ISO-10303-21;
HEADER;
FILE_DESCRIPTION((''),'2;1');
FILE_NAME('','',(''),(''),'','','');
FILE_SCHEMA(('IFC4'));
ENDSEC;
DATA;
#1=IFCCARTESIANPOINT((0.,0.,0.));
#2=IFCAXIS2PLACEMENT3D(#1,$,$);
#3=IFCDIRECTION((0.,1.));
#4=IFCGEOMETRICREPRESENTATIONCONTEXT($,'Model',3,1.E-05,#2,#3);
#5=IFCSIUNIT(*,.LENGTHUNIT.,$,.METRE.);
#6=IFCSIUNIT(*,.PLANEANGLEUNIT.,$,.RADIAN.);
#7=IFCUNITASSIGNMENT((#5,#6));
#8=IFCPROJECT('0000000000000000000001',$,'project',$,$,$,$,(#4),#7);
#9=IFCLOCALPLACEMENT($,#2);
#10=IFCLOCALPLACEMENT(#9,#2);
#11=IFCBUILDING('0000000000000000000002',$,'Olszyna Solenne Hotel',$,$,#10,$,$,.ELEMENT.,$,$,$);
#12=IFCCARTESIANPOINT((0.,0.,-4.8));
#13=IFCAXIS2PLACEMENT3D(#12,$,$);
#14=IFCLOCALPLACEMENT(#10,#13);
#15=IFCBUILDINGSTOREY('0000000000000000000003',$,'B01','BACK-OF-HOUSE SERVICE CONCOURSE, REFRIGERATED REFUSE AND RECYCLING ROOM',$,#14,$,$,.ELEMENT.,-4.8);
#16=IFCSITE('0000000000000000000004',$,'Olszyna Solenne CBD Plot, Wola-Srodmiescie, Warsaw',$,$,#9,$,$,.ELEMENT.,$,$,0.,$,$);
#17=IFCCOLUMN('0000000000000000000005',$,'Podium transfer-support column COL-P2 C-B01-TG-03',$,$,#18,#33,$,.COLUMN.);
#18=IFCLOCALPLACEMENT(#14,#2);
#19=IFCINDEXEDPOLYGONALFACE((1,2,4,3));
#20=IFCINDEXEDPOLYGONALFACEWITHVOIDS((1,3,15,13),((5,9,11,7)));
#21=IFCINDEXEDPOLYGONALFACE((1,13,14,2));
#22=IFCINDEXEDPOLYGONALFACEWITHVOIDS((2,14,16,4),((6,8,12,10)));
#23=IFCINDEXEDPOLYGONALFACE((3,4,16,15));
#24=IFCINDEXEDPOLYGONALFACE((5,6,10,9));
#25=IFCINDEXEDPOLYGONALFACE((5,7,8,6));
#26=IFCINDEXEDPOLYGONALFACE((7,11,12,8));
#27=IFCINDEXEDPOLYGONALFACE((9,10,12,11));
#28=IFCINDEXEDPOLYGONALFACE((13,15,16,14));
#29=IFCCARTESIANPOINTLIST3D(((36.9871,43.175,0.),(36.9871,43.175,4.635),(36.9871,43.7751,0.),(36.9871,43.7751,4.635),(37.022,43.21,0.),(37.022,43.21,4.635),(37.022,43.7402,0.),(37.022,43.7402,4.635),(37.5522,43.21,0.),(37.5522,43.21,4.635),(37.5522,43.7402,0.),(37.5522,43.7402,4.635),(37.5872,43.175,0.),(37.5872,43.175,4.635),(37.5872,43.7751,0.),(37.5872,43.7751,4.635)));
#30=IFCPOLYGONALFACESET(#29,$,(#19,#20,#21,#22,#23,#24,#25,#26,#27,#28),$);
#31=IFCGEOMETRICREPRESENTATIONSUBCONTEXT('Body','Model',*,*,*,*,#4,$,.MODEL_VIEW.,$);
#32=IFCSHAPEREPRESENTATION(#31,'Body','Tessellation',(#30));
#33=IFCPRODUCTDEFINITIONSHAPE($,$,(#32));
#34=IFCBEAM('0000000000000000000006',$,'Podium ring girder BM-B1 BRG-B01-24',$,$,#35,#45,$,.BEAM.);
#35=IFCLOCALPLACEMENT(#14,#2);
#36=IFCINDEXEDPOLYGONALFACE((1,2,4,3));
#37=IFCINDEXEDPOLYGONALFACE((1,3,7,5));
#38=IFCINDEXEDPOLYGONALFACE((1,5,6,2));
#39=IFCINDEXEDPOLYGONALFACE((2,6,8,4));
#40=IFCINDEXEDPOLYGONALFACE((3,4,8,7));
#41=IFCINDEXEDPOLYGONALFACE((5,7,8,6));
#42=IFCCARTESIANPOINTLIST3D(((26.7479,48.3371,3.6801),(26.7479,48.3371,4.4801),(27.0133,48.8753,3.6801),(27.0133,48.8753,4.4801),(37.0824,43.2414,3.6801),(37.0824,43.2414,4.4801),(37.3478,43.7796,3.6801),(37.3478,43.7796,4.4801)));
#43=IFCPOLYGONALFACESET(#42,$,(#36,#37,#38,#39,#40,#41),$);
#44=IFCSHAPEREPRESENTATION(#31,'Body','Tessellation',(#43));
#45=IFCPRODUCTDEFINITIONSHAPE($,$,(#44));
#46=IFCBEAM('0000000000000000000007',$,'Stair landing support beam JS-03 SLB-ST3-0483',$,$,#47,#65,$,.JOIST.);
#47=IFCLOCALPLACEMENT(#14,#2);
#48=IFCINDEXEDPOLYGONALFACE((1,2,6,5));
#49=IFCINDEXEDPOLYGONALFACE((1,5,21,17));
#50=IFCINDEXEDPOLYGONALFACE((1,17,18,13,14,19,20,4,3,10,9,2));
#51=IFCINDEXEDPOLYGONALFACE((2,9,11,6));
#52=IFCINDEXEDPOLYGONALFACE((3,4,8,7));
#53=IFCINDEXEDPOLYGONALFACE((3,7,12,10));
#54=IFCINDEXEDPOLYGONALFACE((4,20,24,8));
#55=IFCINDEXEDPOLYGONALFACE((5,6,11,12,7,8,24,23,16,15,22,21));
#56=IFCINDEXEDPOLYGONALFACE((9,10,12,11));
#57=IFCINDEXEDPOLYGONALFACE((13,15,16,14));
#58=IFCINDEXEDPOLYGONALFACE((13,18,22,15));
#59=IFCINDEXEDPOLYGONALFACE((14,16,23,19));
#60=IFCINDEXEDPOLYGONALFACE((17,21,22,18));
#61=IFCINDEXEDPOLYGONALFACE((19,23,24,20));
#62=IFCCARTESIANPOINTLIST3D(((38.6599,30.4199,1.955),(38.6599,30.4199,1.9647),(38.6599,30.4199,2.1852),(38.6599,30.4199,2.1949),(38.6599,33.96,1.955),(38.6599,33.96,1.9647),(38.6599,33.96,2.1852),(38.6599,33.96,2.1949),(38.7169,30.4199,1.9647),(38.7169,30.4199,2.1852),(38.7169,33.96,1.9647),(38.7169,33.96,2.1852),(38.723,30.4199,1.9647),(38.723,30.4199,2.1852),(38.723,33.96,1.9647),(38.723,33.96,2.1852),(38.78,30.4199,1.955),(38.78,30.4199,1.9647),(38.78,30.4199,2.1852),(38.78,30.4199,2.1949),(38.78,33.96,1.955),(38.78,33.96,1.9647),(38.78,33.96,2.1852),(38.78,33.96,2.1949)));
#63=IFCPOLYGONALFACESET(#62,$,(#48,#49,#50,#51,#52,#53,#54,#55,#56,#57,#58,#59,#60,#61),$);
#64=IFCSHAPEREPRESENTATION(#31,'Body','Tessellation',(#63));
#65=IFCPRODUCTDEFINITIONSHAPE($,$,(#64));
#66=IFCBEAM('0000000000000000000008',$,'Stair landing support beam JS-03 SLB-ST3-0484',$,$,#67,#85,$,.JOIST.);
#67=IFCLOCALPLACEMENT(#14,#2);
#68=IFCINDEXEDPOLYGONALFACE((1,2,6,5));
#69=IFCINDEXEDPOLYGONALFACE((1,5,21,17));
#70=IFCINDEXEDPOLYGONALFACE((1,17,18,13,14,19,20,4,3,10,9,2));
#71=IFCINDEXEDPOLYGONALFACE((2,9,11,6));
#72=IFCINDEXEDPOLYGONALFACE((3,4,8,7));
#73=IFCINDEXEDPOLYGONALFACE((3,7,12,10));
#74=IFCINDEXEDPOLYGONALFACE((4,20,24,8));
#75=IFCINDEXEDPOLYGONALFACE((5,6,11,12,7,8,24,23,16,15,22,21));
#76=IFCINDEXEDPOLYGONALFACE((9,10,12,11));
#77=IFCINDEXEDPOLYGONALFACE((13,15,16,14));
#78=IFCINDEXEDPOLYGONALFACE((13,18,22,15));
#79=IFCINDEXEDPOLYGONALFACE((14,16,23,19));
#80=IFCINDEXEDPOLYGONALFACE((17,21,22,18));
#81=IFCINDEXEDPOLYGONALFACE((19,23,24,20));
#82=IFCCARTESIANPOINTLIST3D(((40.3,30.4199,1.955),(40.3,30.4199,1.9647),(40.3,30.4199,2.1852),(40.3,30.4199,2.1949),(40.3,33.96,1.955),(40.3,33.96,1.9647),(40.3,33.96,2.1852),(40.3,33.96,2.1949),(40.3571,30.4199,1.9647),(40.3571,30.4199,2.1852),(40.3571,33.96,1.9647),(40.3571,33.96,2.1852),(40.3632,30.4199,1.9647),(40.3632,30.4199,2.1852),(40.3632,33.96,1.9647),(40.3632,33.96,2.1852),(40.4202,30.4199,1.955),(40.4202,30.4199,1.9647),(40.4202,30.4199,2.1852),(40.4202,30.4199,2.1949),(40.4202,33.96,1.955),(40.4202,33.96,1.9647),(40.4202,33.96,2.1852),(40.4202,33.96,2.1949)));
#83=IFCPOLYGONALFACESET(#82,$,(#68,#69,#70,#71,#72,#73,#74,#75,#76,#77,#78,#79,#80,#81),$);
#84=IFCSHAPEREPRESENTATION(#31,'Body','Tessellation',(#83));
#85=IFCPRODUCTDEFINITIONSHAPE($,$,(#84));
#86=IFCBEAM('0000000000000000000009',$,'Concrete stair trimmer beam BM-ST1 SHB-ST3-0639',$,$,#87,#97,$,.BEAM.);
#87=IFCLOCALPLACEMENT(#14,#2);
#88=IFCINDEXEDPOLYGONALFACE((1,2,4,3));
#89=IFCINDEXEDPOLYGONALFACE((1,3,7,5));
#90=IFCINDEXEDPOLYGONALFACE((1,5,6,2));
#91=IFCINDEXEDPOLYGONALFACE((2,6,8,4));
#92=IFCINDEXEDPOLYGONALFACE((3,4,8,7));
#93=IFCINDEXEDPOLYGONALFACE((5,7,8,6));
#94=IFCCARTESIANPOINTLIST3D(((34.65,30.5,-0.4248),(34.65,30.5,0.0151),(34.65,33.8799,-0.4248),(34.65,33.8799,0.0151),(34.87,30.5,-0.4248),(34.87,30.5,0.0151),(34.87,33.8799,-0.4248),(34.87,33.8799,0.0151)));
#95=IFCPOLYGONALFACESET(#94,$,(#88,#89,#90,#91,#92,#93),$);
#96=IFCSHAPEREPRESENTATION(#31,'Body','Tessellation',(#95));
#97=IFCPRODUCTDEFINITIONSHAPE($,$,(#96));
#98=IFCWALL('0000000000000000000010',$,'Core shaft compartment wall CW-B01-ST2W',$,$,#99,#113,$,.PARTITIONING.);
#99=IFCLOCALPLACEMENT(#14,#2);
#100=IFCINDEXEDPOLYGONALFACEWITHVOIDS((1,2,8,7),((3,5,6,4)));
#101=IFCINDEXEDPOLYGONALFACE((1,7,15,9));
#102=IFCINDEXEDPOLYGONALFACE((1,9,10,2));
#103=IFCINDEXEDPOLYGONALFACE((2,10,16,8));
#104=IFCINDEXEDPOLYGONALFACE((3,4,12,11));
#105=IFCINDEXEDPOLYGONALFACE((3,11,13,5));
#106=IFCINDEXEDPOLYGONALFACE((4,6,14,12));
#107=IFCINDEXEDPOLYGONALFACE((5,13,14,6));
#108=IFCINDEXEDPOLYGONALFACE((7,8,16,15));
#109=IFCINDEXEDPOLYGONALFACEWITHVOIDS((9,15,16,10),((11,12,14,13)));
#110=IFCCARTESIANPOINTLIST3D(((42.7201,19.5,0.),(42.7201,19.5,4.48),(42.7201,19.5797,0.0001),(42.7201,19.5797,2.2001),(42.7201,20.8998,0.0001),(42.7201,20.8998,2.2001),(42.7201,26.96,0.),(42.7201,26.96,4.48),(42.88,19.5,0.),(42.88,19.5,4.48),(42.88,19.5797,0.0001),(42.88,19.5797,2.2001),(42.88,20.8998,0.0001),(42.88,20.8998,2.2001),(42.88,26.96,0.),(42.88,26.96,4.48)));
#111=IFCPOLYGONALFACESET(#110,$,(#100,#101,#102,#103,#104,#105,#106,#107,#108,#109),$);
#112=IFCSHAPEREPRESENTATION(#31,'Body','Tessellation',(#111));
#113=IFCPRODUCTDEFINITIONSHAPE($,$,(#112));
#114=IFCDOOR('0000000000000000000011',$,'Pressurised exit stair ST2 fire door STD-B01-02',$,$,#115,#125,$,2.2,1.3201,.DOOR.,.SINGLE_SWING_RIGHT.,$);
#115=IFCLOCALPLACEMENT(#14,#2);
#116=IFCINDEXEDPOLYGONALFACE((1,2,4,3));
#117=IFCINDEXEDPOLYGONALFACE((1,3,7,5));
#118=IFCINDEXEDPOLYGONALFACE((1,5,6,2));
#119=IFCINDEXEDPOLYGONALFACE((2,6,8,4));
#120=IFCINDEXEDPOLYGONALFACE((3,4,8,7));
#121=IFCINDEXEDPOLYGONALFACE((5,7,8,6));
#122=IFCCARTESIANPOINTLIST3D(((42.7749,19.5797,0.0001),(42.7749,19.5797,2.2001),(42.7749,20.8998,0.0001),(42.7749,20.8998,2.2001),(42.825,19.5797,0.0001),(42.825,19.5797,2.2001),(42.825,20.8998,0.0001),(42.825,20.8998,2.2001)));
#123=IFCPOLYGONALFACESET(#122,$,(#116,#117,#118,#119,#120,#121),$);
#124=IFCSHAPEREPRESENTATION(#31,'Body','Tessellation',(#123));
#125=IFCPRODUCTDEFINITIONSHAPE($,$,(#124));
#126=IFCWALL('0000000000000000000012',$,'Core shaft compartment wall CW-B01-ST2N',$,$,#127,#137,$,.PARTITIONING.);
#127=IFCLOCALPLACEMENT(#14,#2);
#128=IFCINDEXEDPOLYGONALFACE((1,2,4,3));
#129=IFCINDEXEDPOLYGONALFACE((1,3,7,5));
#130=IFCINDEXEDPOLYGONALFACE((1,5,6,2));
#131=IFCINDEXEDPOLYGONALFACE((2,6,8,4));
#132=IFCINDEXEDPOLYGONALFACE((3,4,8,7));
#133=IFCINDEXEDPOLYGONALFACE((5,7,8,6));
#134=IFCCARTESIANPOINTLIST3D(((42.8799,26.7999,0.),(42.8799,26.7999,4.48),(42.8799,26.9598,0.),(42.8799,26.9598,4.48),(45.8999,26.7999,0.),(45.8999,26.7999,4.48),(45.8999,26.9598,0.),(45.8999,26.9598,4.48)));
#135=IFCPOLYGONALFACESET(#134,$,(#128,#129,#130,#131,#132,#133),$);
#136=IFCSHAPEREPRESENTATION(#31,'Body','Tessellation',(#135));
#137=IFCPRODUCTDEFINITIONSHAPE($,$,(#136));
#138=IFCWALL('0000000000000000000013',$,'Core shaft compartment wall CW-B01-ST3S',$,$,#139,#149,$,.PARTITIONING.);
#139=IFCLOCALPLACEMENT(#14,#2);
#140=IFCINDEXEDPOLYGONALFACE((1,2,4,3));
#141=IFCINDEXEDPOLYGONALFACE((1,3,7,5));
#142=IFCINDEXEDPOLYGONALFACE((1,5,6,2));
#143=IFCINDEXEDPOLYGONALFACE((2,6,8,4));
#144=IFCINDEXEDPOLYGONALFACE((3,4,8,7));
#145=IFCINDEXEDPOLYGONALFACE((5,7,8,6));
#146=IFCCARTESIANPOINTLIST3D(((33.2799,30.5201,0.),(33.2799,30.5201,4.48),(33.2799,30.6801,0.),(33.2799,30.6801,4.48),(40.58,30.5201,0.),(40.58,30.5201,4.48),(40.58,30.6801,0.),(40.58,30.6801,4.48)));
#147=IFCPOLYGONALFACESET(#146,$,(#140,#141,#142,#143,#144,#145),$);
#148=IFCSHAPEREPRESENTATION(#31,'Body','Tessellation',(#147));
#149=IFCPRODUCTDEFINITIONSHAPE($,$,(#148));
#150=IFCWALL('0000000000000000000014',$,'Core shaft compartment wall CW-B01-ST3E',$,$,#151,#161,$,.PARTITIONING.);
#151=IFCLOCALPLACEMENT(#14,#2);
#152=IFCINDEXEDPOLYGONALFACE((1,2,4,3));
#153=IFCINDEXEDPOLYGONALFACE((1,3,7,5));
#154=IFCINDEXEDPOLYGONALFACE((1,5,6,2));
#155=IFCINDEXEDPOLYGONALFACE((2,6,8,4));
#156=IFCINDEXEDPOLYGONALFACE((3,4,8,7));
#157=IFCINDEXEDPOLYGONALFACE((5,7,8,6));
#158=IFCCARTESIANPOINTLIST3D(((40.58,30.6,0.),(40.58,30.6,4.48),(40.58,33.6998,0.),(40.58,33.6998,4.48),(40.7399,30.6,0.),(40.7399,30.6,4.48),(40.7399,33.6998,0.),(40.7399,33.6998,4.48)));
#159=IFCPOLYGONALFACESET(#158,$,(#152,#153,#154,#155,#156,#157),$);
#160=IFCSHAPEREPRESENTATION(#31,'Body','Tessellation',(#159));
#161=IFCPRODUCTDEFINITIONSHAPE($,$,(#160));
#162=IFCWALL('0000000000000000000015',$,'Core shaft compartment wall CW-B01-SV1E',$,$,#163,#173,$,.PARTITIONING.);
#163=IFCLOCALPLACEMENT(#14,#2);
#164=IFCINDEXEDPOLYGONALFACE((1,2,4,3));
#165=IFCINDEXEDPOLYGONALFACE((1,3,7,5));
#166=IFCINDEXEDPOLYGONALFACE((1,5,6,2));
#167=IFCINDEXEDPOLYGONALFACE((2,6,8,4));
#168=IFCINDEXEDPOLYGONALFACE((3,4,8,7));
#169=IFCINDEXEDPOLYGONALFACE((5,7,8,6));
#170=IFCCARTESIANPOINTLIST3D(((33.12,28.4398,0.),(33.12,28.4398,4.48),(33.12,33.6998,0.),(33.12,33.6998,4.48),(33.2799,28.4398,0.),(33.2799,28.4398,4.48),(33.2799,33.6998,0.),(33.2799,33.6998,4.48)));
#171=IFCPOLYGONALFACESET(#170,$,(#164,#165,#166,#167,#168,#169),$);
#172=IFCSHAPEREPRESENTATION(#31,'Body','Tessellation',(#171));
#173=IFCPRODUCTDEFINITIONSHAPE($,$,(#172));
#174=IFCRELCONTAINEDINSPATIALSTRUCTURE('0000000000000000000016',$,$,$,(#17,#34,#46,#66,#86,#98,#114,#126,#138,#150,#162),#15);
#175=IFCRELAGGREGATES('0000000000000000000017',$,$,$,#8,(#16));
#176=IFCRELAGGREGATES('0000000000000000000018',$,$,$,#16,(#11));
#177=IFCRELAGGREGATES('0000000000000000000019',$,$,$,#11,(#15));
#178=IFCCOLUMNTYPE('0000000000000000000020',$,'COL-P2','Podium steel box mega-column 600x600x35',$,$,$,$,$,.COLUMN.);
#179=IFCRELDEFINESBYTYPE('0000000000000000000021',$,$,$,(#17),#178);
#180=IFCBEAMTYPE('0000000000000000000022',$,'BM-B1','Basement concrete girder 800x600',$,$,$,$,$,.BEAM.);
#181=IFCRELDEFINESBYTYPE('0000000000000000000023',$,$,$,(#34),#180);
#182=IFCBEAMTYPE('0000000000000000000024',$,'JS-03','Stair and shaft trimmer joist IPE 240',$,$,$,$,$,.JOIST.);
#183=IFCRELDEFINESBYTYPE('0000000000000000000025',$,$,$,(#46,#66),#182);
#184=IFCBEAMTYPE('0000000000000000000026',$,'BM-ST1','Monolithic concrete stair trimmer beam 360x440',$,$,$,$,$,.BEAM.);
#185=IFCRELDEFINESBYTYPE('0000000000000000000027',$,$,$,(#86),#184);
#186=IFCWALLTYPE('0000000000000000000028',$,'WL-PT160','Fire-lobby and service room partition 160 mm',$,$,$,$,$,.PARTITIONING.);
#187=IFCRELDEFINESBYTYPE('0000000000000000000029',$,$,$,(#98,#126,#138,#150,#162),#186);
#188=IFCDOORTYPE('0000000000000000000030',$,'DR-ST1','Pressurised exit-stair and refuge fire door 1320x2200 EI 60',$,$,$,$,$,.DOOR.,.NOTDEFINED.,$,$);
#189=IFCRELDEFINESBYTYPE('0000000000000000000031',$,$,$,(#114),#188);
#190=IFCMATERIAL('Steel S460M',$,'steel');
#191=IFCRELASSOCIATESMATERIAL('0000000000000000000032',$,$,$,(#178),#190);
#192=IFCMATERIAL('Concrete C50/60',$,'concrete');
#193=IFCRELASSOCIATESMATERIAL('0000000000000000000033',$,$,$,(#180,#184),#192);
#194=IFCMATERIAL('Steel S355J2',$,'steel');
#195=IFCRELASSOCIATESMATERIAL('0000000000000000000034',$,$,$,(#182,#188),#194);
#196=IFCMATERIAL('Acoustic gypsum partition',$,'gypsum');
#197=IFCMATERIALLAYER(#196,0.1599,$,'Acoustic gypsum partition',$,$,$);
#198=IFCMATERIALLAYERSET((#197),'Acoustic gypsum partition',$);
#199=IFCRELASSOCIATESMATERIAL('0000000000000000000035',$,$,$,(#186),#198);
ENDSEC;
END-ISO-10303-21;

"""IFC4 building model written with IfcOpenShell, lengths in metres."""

from ifc_helpers import new_model, si_unit, direction, frame, frame_2d, origin, origin_2d, place, context, subcontext, project, spatial, rectangle, hollow_rectangle, i_section, extrude, source, transform, mapped, material, layer, layer_set, material_profile, profile_set, type_object, type_shapes, element, fill, save


model = new_model("IFC4")

# Units and contexts
model_context = context("Model", 3, precision=1e-05, world=origin(), true_north=direction((0.0, 1.0)))
body_context = subcontext(model_context, "Body", "Model", "MODEL_VIEW")
ifc_project = project(units=[si_unit("LENGTHUNIT", "METRE"), si_unit("PLANEANGLEUNIT", "RADIAN")], contexts=[model_context])

# Site, building, storey
site_placement = place(None, origin())
site = spatial("IfcSite", under=ifc_project, at=site_placement, Name="Olszyna Solenne CBD Plot, Wola-Srodmiescie, Warsaw", CompositionType="ELEMENT", RefElevation=0.0)
building_placement = place(site_placement, origin())
building = spatial("IfcBuilding", under=site, at=building_placement, Name="Olszyna Solenne Hotel", CompositionType="ELEMENT")
storey_placement = place(building_placement, frame((0.0, 0.0, -4.8)))
storey = spatial("IfcBuildingStorey", under=building, at=storey_placement, Name="B01", Description="BACK-OF-HOUSE SERVICE CONCOURSE, REFRIGERATED REFUSE AND RECYCLING ROOM", CompositionType="ELEMENT", Elevation=-4.8)

# Column
ifc_material_1 = material(Name="Steel S460M", Category="steel")
ifc_material_profile_1 = material_profile(ifc_material_1, hollow_rectangle(XDim=0.6001, YDim=0.6001, WallThickness=0.0349, at=origin_2d()), Name="SHS 600x600x35", Category="load-bearing")
ifc_profile_set_1 = profile_set([ifc_material_profile_1], Name="Steel S460M")
column_type = type_object("IfcColumnType", Name="COL-P2", Description="Podium steel box mega-column 600x600x35", PredefinedType="COLUMN", material=ifc_profile_set_1)
shared_shape_1 = source(origin(), body_context, "Body", "SweptSolid", [
    extrude(hollow_rectangle(XDim=0.6001, YDim=0.6001, WallThickness=0.0349, at=origin_2d()), origin(), (0.0, 0.0, 1.0), 4.635),
])
column_placement = place(storey_placement, frame((37.2871, 43.4751, 0.0), z_axis=(0.0, 0.0, 1.0), x_axis=(1.0, 0.0, 0.0)))
element("IfcColumn", 1, at=column_placement, inside=storey, type_object=column_type, Name="Podium transfer-support column COL-P2 C-B01-TG-03", PredefinedType="COLUMN", context=body_context, shape_type="MappedRepresentation", body=[
    mapped(shared_shape_1, transform((0.0, 0.0, 0.0), x_axis=(1.0, 0.0, 0.0), y_axis=(0.0, 1.0, 0.0), z_axis=(0.0, 0.0, 1.0), scale=1.0)),
])

# Beams
ifc_material_2 = material(Name="Concrete C50/60", Category="concrete")
ifc_material_profile_2 = material_profile(ifc_material_2, rectangle(XDim=0.6001, YDim=0.8, at=origin_2d()), Name="RC 800x600", Category="load-bearing")
ifc_profile_set_2 = profile_set([ifc_material_profile_2], Name="Concrete C50/60")
beam_type_1 = type_object("IfcBeamType", Name="BM-B1", Description="Basement concrete girder 800x600", PredefinedType="BEAM", material=ifc_profile_set_2)
shared_shape_2 = source(origin(), body_context, "Body", "SweptSolid", [
    extrude(rectangle(XDim=0.6001, YDim=0.8, at=origin_2d()), origin(), (0.0, 0.0, 1.0), 11.5225),
])
beam_1_placement = place(storey_placement, frame((37.2151, 43.5105, 4.0801), z_axis=(-0.896897, 0.44224, 0.0), x_axis=(-0.44224, -0.896897, 0.0)))
element("IfcBeam", 2, at=beam_1_placement, inside=storey, type_object=beam_type_1, Name="Podium ring girder BM-B1 BRG-B01-24", PredefinedType="BEAM", context=body_context, shape_type="MappedRepresentation", body=[
    mapped(shared_shape_2, transform((0.0, 0.0, 0.0), x_axis=(1.0, 0.0, 0.0), y_axis=(0.0, 1.0, 0.0), z_axis=(0.0, 0.0, 1.0), scale=1.0)),
])
ifc_material_3 = material(Name="Steel S355J2", Category="steel")
ifc_material_profile_3 = material_profile(ifc_material_3, i_section(OverallWidth=0.1201, OverallDepth=0.24, WebThickness=0.0061, FlangeThickness=0.0098, at=origin_2d()), Name="IPE 240", Category="load-bearing")
ifc_profile_set_3 = profile_set([ifc_material_profile_3], Name="Steel S355J2")
beam_type_2 = type_object("IfcBeamType", Name="JS-03", Description="Stair and shaft trimmer joist IPE 240", PredefinedType="JOIST", material=ifc_profile_set_3)
shared_shape_3 = source(origin(), body_context, "Body", "SweptSolid", [
    extrude(i_section(OverallWidth=0.1201, OverallDepth=0.24, WebThickness=0.0061, FlangeThickness=0.0098, at=origin_2d()), origin(), (0.0, 0.0, 1.0), 3.54),
])
for number, where, z_axis, x_axis, name in (
    (3, (38.72, 30.4199, 2.075), (0.0, 1.0, 0.0), (-1.0, 0.0, 0.0), "Stair landing support beam JS-03 SLB-ST3-0483"),
    (4, (40.3601, 30.4199, 2.075), (0.0, 1.0, 0.0), (-1.0, 0.0, 0.0), "Stair landing support beam JS-03 SLB-ST3-0484"),
):
    element("IfcBeam", number, at=place(storey_placement, frame(where, z_axis=z_axis, x_axis=x_axis)), inside=storey, type_object=beam_type_2, Name=name, PredefinedType="JOIST", context=body_context, shape_type="MappedRepresentation", body=[
        mapped(shared_shape_3, transform((0.0, 0.0, 0.0), x_axis=(1.0, 0.0, 0.0), y_axis=(0.0, 1.0, 0.0), z_axis=(0.0, 0.0, 1.0), scale=1.0)),
    ])
ifc_material_profile_4 = material_profile(ifc_material_2, rectangle(XDim=0.22, YDim=0.4399, at=origin_2d()), Name="RC 220x440", Category="load-bearing")
ifc_profile_set_4 = profile_set([ifc_material_profile_4], Name="Concrete C50/60")
beam_type_3 = type_object("IfcBeamType", Name="BM-ST1", Description="Monolithic concrete stair trimmer beam 360x440", PredefinedType="BEAM", material=ifc_profile_set_4)
shared_shape_4 = source(origin(), body_context, "Body", "SweptSolid", [
    extrude(rectangle(XDim=0.22, YDim=0.4399, at=origin_2d()), origin(), (0.0, 0.0, 1.0), 3.3799),
])
beam_2_placement = place(storey_placement, frame((34.76, 30.5, -0.2048), z_axis=(0.0, 1.0, 0.0), x_axis=(-1.0, 0.0, 0.0)))
element("IfcBeam", 5, at=beam_2_placement, inside=storey, type_object=beam_type_3, Name="Concrete stair trimmer beam BM-ST1 SHB-ST3-0639", PredefinedType="BEAM", context=body_context, shape_type="MappedRepresentation", body=[
    mapped(shared_shape_4, transform((0.0, 0.0, 0.0), x_axis=(1.0, 0.0, 0.0), y_axis=(0.0, 1.0, 0.0), z_axis=(0.0, 0.0, 1.0), scale=1.0)),
])

# Wall, opening, door
ifc_material_4 = material(Name="Acoustic gypsum partition", Category="gypsum")
ifc_layer = layer(ifc_material_4, 0.1599, Name="Acoustic gypsum partition")
ifc_layer_set = layer_set([ifc_layer], Name="Acoustic gypsum partition")
wall_type = type_object("IfcWallType", Name="WL-PT160", Description="Fire-lobby and service room partition 160 mm", PredefinedType="PARTITIONING", material=ifc_layer_set)
wall_1_placement = place(storey_placement, frame((42.8, 26.96, 0.0), z_axis=(0.0, 0.0, 1.0), x_axis=(0.0, -1.0, 0.0)))
wall_1 = element("IfcWall", 6, at=wall_1_placement, inside=storey, type_object=wall_type, Name="Core shaft compartment wall CW-B01-ST2W", PredefinedType="PARTITIONING", context=body_context, shape_type="SweptSolid", body=[
    extrude(rectangle(XDim=7.46, YDim=0.1599, at=frame_2d((3.73, 0.0))), origin(), (0.0, 0.0, 1.0), 4.48),
])
opening_1_placement = place(wall_1_placement, frame((6.0601, 0.0, 0.0)))
opening_1 = element("IfcOpeningElement", 7, at=opening_1_placement, cuts=wall_1, PredefinedType="OPENING", context=body_context, shape_type="SweptSolid", body=[
    extrude(rectangle(XDim=1.3201, YDim=2.2, at=frame_2d((0.6602, 1.1001))), frame((0.0, 0.0898, 0.0), z_axis=(0.0, -1.0, 0.0), x_axis=(1.0, 0.0, 0.0)), (0.0, 0.0, 1.0), 0.1799),
])
door_type_1 = type_object("IfcDoorType", Name="DR-ST1", Description="Pressurised exit-stair and refuge fire door 1320x2200 EI 60", OperationType="NOTDEFINED", PredefinedType="DOOR", material=ifc_material_3)
shared_shape_5 = source(origin(), body_context, "Body", "SweptSolid", [
    extrude(rectangle(XDim=1.3201, YDim=2.2, at=frame_2d((0.6602, 1.1001))), frame((0.0, 0.0249, 0.0), z_axis=(0.0, -1.0, 0.0), x_axis=(1.0, 0.0, 0.0)), (0.0, 0.0, 1.0), 0.05),
])
type_shapes(door_type_1, [shared_shape_5])
door_1_placement = place(opening_1_placement, origin())
door_1 = element("IfcDoor", 8, at=door_1_placement, inside=storey, type_object=door_type_1, Name="Pressurised exit stair ST2 fire door STD-B01-02", OperationType="SINGLE_SWING_RIGHT", OverallHeight=2.2, OverallWidth=1.3201, PredefinedType="DOOR", context=body_context, shape_type="MappedRepresentation", body=[
    mapped(shared_shape_5, transform((0.0, 0.0, 0.0), x_axis=(1.0, 0.0, 0.0), y_axis=(0.0, 1.0, 0.0), z_axis=(0.0, 0.0, 1.0), scale=1.0)),
])
fill(opening_1, door_1)

# Walls
wall_2_placement = place(storey_placement, frame((42.8799, 26.8799, 0.0), z_axis=(0.0, 0.0, 1.0), x_axis=(1.0, 0.0, 0.0)))
element("IfcWall", 9, at=wall_2_placement, inside=storey, type_object=wall_type, Name="Core shaft compartment wall CW-B01-ST2N", PredefinedType="PARTITIONING", context=body_context, shape_type="SweptSolid", body=[
    extrude(rectangle(XDim=3.02, YDim=0.1599, at=frame_2d((1.51, 0.0))), origin(), (0.0, 0.0, 1.0), 4.48),
])
wall_3_placement = place(storey_placement, frame((33.28, 30.6001, 0.0), z_axis=(0.0, 0.0, 1.0), x_axis=(1.0, 0.0, 0.0)))
element("IfcWall", 10, at=wall_3_placement, inside=storey, type_object=wall_type, Name="Core shaft compartment wall CW-B01-ST3S", PredefinedType="PARTITIONING", context=body_context, shape_type="SweptSolid", body=[
    extrude(rectangle(XDim=7.3, YDim=0.1599, at=frame_2d((3.6499, 0.0))), origin(), (0.0, 0.0, 1.0), 4.48),
])
wall_4_placement = place(storey_placement, frame((40.6599, 30.6001, 0.0), z_axis=(0.0, 0.0, 1.0), x_axis=(0.0, 1.0, 0.0)))
element("IfcWall", 11, at=wall_4_placement, inside=storey, type_object=wall_type, Name="Core shaft compartment wall CW-B01-ST3E", PredefinedType="PARTITIONING", context=body_context, shape_type="SweptSolid", body=[
    extrude(rectangle(XDim=3.0999, YDim=0.1599, at=frame_2d((1.5498, 0.0))), origin(), (0.0, 0.0, 1.0), 4.48),
])
wall_5_placement = place(storey_placement, frame((33.2, 28.4399, 0.0), z_axis=(0.0, 0.0, 1.0), x_axis=(0.0, 1.0, 0.0)))
element("IfcWall", 12, at=wall_5_placement, inside=storey, type_object=wall_type, Name="Core shaft compartment wall CW-B01-SV1E", PredefinedType="PARTITIONING", context=body_context, shape_type="SweptSolid", body=[
    extrude(rectangle(XDim=5.26, YDim=0.1599, at=frame_2d((2.6299, 0.0))), origin(), (0.0, 0.0, 1.0), 4.48),
])

save(model, "model.ifc")
